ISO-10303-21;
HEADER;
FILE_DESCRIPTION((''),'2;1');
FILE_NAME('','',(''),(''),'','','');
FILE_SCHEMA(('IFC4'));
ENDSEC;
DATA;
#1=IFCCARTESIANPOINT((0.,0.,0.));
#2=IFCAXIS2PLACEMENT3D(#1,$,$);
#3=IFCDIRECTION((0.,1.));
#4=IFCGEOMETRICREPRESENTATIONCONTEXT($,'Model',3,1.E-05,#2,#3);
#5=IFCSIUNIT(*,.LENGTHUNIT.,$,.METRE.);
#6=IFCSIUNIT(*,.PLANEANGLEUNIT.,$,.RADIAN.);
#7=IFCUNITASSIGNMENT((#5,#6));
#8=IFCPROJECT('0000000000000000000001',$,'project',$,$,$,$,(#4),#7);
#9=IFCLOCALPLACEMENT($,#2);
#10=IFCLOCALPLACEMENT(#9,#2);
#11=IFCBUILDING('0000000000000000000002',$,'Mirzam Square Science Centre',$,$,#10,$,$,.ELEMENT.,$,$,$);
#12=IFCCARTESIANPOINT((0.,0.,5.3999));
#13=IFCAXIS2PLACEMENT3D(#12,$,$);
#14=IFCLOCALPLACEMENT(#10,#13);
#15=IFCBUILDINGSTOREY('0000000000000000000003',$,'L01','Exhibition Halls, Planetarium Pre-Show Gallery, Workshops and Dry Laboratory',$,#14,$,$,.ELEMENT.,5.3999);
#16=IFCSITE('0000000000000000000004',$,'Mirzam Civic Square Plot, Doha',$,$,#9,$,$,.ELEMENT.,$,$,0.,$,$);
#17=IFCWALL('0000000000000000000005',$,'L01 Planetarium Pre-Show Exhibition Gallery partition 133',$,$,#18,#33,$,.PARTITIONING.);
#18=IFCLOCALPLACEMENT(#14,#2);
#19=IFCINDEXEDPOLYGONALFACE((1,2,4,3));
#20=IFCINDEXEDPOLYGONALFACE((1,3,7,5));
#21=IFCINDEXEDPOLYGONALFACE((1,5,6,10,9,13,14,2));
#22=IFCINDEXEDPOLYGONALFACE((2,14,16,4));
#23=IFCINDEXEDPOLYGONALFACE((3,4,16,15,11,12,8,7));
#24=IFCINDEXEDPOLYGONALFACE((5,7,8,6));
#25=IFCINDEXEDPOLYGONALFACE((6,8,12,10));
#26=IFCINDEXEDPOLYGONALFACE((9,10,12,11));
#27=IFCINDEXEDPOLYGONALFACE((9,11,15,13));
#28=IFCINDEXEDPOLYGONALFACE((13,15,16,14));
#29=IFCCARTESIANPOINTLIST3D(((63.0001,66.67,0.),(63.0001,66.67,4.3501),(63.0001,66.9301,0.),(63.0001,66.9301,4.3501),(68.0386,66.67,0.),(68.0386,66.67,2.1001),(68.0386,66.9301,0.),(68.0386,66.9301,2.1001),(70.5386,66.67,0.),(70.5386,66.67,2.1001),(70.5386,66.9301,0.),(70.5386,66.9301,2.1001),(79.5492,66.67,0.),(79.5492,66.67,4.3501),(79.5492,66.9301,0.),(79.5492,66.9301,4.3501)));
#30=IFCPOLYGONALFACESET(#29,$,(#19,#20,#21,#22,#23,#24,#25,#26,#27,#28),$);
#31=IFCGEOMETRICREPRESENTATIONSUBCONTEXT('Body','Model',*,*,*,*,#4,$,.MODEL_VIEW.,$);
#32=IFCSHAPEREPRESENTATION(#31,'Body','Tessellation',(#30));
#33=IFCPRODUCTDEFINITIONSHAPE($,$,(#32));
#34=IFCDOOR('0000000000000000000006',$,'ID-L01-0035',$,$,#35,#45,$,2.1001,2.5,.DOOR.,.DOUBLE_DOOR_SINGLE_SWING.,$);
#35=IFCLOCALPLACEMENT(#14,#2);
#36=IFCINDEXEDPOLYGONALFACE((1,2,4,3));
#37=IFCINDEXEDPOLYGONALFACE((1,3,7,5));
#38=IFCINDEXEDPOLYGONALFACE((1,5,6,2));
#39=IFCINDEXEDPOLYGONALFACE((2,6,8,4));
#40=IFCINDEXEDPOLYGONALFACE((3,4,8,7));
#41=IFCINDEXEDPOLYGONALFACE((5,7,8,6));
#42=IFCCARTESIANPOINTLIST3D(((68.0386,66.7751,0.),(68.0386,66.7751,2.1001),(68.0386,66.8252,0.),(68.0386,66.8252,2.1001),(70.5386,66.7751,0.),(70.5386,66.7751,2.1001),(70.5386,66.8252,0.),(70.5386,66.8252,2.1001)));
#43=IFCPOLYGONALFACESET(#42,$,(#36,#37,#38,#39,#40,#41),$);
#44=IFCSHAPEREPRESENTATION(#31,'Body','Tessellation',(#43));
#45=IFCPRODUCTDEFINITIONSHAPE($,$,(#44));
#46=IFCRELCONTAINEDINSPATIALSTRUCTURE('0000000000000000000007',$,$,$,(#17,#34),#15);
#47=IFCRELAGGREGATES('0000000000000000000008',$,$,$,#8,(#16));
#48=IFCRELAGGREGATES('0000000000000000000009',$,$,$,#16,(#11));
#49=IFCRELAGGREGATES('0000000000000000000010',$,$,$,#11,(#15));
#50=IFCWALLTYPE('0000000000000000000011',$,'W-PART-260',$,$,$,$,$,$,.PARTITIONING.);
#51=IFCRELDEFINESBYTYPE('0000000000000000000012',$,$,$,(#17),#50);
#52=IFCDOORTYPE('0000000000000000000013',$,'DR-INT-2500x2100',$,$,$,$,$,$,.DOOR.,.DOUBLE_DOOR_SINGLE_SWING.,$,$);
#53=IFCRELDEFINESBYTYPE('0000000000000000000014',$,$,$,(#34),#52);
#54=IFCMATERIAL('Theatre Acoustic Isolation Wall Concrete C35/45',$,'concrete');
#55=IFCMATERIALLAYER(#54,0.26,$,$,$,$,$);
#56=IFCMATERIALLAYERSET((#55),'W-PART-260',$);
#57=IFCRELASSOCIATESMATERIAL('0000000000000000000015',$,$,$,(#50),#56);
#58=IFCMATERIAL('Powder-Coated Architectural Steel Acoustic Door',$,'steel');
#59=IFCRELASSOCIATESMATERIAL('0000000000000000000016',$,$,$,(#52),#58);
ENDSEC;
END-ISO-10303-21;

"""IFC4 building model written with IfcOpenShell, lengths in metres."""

from ifc_helpers import new_model, si_unit, direction, frame, frame_2d, origin, place, context, subcontext, project, spatial, rectangle, extrude, material, layer, layer_set, type_object, element, fill, save


model = new_model("IFC4")

# Units and contexts
model_context = context("Model", 3, precision=1e-05, world=origin(), true_north=direction((0.0, 1.0)))
body_context = subcontext(model_context, "Body", "Model", "MODEL_VIEW")
ifc_project = project(units=[si_unit("LENGTHUNIT", "METRE"), si_unit("PLANEANGLEUNIT", "RADIAN")], contexts=[model_context])

# Site, building, storey
site_placement = place(None, origin())
site = spatial("IfcSite", under=ifc_project, at=site_placement, Name="Mirzam Civic Square Plot, Doha", CompositionType="ELEMENT", RefElevation=0.0)
building_placement = place(site_placement, origin())
building = spatial("IfcBuilding", under=site, at=building_placement, Name="Mirzam Square Science Centre", CompositionType="ELEMENT")
storey_placement = place(building_placement, frame((0.0, 0.0, 5.3999)))
storey = spatial("IfcBuildingStorey", under=building, at=storey_placement, Name="L01", Description="Exhibition Halls, Planetarium Pre-Show Gallery, Workshops and Dry Laboratory", CompositionType="ELEMENT", Elevation=5.3999)

# Shared definitions
ifc_material_1 = material(Name="Theatre Acoustic Isolation Wall Concrete C35/45", Category="concrete")
ifc_layer_1 = layer(ifc_material_1, 0.26)
ifc_layer_set_1 = layer_set([ifc_layer_1], Name="W-PART-260")
wall_type_1 = type_object("IfcWallType", Name="W-PART-260", PredefinedType="PARTITIONING", material=ifc_layer_set_1)

# Wall, opening, door
wall_1_placement = place(storey_placement, frame((79.5491, 66.8, 0.0), z_axis=(0.0, 0.0, 1.0), x_axis=(-1.0, 0.0, 0.0)))
wall_1 = element("IfcWall", 1, at=wall_1_placement, inside=storey, type_object=wall_type_1, Name="L01 Planetarium Pre-Show Exhibition Gallery partition 133", PredefinedType="PARTITIONING", context=body_context, shape_type="SweptSolid", body=[
    extrude(rectangle(XDim=16.5491, YDim=0.26, at=frame_2d((8.2744, 0.0))), origin(), (0.0, 0.0, 1.0), 4.3501),
])
opening_placement = place(wall_1_placement, frame((9.0105, 0.0, 0.0)))
opening = element("IfcOpeningElement", 2, at=opening_placement, cuts=wall_1, PredefinedType="OPENING", context=body_context, shape_type="SweptSolid", body=[
    extrude(rectangle(XDim=2.5, YDim=2.1001, at=frame_2d((1.25, 1.05))), frame((0.0, 0.1399, 0.0), z_axis=(0.0, -1.0, 0.0), x_axis=(1.0, 0.0, 0.0)), (0.0, 0.0, 1.0), 0.28),
])
ifc_material_2 = material(Name="Powder-Coated Architectural Steel Acoustic Door", Category="steel")
door_type = type_object("IfcDoorType", Name="DR-INT-2500x2100", OperationType="DOUBLE_DOOR_SINGLE_SWING", PredefinedType="DOOR", material=ifc_material_2)
door_placement = place(opening_placement, origin())
door = element("IfcDoor", 3, at=door_placement, inside=storey, type_object=door_type, Name="ID-L01-0035", OperationType="DOUBLE_DOOR_SINGLE_SWING", OverallHeight=2.1001, OverallWidth=2.5, PredefinedType="DOOR", context=body_context, shape_type="SweptSolid", body=[
    extrude(rectangle(XDim=2.5, YDim=2.1001, at=frame_2d((1.25, 1.05))), frame((0.0, 0.0249, 0.0), z_axis=(0.0, -1.0, 0.0), x_axis=(1.0, 0.0, 0.0)), (0.0, 0.0, 1.0), 0.05),
])
fill(opening, door)

save(model, "model.ifc")
